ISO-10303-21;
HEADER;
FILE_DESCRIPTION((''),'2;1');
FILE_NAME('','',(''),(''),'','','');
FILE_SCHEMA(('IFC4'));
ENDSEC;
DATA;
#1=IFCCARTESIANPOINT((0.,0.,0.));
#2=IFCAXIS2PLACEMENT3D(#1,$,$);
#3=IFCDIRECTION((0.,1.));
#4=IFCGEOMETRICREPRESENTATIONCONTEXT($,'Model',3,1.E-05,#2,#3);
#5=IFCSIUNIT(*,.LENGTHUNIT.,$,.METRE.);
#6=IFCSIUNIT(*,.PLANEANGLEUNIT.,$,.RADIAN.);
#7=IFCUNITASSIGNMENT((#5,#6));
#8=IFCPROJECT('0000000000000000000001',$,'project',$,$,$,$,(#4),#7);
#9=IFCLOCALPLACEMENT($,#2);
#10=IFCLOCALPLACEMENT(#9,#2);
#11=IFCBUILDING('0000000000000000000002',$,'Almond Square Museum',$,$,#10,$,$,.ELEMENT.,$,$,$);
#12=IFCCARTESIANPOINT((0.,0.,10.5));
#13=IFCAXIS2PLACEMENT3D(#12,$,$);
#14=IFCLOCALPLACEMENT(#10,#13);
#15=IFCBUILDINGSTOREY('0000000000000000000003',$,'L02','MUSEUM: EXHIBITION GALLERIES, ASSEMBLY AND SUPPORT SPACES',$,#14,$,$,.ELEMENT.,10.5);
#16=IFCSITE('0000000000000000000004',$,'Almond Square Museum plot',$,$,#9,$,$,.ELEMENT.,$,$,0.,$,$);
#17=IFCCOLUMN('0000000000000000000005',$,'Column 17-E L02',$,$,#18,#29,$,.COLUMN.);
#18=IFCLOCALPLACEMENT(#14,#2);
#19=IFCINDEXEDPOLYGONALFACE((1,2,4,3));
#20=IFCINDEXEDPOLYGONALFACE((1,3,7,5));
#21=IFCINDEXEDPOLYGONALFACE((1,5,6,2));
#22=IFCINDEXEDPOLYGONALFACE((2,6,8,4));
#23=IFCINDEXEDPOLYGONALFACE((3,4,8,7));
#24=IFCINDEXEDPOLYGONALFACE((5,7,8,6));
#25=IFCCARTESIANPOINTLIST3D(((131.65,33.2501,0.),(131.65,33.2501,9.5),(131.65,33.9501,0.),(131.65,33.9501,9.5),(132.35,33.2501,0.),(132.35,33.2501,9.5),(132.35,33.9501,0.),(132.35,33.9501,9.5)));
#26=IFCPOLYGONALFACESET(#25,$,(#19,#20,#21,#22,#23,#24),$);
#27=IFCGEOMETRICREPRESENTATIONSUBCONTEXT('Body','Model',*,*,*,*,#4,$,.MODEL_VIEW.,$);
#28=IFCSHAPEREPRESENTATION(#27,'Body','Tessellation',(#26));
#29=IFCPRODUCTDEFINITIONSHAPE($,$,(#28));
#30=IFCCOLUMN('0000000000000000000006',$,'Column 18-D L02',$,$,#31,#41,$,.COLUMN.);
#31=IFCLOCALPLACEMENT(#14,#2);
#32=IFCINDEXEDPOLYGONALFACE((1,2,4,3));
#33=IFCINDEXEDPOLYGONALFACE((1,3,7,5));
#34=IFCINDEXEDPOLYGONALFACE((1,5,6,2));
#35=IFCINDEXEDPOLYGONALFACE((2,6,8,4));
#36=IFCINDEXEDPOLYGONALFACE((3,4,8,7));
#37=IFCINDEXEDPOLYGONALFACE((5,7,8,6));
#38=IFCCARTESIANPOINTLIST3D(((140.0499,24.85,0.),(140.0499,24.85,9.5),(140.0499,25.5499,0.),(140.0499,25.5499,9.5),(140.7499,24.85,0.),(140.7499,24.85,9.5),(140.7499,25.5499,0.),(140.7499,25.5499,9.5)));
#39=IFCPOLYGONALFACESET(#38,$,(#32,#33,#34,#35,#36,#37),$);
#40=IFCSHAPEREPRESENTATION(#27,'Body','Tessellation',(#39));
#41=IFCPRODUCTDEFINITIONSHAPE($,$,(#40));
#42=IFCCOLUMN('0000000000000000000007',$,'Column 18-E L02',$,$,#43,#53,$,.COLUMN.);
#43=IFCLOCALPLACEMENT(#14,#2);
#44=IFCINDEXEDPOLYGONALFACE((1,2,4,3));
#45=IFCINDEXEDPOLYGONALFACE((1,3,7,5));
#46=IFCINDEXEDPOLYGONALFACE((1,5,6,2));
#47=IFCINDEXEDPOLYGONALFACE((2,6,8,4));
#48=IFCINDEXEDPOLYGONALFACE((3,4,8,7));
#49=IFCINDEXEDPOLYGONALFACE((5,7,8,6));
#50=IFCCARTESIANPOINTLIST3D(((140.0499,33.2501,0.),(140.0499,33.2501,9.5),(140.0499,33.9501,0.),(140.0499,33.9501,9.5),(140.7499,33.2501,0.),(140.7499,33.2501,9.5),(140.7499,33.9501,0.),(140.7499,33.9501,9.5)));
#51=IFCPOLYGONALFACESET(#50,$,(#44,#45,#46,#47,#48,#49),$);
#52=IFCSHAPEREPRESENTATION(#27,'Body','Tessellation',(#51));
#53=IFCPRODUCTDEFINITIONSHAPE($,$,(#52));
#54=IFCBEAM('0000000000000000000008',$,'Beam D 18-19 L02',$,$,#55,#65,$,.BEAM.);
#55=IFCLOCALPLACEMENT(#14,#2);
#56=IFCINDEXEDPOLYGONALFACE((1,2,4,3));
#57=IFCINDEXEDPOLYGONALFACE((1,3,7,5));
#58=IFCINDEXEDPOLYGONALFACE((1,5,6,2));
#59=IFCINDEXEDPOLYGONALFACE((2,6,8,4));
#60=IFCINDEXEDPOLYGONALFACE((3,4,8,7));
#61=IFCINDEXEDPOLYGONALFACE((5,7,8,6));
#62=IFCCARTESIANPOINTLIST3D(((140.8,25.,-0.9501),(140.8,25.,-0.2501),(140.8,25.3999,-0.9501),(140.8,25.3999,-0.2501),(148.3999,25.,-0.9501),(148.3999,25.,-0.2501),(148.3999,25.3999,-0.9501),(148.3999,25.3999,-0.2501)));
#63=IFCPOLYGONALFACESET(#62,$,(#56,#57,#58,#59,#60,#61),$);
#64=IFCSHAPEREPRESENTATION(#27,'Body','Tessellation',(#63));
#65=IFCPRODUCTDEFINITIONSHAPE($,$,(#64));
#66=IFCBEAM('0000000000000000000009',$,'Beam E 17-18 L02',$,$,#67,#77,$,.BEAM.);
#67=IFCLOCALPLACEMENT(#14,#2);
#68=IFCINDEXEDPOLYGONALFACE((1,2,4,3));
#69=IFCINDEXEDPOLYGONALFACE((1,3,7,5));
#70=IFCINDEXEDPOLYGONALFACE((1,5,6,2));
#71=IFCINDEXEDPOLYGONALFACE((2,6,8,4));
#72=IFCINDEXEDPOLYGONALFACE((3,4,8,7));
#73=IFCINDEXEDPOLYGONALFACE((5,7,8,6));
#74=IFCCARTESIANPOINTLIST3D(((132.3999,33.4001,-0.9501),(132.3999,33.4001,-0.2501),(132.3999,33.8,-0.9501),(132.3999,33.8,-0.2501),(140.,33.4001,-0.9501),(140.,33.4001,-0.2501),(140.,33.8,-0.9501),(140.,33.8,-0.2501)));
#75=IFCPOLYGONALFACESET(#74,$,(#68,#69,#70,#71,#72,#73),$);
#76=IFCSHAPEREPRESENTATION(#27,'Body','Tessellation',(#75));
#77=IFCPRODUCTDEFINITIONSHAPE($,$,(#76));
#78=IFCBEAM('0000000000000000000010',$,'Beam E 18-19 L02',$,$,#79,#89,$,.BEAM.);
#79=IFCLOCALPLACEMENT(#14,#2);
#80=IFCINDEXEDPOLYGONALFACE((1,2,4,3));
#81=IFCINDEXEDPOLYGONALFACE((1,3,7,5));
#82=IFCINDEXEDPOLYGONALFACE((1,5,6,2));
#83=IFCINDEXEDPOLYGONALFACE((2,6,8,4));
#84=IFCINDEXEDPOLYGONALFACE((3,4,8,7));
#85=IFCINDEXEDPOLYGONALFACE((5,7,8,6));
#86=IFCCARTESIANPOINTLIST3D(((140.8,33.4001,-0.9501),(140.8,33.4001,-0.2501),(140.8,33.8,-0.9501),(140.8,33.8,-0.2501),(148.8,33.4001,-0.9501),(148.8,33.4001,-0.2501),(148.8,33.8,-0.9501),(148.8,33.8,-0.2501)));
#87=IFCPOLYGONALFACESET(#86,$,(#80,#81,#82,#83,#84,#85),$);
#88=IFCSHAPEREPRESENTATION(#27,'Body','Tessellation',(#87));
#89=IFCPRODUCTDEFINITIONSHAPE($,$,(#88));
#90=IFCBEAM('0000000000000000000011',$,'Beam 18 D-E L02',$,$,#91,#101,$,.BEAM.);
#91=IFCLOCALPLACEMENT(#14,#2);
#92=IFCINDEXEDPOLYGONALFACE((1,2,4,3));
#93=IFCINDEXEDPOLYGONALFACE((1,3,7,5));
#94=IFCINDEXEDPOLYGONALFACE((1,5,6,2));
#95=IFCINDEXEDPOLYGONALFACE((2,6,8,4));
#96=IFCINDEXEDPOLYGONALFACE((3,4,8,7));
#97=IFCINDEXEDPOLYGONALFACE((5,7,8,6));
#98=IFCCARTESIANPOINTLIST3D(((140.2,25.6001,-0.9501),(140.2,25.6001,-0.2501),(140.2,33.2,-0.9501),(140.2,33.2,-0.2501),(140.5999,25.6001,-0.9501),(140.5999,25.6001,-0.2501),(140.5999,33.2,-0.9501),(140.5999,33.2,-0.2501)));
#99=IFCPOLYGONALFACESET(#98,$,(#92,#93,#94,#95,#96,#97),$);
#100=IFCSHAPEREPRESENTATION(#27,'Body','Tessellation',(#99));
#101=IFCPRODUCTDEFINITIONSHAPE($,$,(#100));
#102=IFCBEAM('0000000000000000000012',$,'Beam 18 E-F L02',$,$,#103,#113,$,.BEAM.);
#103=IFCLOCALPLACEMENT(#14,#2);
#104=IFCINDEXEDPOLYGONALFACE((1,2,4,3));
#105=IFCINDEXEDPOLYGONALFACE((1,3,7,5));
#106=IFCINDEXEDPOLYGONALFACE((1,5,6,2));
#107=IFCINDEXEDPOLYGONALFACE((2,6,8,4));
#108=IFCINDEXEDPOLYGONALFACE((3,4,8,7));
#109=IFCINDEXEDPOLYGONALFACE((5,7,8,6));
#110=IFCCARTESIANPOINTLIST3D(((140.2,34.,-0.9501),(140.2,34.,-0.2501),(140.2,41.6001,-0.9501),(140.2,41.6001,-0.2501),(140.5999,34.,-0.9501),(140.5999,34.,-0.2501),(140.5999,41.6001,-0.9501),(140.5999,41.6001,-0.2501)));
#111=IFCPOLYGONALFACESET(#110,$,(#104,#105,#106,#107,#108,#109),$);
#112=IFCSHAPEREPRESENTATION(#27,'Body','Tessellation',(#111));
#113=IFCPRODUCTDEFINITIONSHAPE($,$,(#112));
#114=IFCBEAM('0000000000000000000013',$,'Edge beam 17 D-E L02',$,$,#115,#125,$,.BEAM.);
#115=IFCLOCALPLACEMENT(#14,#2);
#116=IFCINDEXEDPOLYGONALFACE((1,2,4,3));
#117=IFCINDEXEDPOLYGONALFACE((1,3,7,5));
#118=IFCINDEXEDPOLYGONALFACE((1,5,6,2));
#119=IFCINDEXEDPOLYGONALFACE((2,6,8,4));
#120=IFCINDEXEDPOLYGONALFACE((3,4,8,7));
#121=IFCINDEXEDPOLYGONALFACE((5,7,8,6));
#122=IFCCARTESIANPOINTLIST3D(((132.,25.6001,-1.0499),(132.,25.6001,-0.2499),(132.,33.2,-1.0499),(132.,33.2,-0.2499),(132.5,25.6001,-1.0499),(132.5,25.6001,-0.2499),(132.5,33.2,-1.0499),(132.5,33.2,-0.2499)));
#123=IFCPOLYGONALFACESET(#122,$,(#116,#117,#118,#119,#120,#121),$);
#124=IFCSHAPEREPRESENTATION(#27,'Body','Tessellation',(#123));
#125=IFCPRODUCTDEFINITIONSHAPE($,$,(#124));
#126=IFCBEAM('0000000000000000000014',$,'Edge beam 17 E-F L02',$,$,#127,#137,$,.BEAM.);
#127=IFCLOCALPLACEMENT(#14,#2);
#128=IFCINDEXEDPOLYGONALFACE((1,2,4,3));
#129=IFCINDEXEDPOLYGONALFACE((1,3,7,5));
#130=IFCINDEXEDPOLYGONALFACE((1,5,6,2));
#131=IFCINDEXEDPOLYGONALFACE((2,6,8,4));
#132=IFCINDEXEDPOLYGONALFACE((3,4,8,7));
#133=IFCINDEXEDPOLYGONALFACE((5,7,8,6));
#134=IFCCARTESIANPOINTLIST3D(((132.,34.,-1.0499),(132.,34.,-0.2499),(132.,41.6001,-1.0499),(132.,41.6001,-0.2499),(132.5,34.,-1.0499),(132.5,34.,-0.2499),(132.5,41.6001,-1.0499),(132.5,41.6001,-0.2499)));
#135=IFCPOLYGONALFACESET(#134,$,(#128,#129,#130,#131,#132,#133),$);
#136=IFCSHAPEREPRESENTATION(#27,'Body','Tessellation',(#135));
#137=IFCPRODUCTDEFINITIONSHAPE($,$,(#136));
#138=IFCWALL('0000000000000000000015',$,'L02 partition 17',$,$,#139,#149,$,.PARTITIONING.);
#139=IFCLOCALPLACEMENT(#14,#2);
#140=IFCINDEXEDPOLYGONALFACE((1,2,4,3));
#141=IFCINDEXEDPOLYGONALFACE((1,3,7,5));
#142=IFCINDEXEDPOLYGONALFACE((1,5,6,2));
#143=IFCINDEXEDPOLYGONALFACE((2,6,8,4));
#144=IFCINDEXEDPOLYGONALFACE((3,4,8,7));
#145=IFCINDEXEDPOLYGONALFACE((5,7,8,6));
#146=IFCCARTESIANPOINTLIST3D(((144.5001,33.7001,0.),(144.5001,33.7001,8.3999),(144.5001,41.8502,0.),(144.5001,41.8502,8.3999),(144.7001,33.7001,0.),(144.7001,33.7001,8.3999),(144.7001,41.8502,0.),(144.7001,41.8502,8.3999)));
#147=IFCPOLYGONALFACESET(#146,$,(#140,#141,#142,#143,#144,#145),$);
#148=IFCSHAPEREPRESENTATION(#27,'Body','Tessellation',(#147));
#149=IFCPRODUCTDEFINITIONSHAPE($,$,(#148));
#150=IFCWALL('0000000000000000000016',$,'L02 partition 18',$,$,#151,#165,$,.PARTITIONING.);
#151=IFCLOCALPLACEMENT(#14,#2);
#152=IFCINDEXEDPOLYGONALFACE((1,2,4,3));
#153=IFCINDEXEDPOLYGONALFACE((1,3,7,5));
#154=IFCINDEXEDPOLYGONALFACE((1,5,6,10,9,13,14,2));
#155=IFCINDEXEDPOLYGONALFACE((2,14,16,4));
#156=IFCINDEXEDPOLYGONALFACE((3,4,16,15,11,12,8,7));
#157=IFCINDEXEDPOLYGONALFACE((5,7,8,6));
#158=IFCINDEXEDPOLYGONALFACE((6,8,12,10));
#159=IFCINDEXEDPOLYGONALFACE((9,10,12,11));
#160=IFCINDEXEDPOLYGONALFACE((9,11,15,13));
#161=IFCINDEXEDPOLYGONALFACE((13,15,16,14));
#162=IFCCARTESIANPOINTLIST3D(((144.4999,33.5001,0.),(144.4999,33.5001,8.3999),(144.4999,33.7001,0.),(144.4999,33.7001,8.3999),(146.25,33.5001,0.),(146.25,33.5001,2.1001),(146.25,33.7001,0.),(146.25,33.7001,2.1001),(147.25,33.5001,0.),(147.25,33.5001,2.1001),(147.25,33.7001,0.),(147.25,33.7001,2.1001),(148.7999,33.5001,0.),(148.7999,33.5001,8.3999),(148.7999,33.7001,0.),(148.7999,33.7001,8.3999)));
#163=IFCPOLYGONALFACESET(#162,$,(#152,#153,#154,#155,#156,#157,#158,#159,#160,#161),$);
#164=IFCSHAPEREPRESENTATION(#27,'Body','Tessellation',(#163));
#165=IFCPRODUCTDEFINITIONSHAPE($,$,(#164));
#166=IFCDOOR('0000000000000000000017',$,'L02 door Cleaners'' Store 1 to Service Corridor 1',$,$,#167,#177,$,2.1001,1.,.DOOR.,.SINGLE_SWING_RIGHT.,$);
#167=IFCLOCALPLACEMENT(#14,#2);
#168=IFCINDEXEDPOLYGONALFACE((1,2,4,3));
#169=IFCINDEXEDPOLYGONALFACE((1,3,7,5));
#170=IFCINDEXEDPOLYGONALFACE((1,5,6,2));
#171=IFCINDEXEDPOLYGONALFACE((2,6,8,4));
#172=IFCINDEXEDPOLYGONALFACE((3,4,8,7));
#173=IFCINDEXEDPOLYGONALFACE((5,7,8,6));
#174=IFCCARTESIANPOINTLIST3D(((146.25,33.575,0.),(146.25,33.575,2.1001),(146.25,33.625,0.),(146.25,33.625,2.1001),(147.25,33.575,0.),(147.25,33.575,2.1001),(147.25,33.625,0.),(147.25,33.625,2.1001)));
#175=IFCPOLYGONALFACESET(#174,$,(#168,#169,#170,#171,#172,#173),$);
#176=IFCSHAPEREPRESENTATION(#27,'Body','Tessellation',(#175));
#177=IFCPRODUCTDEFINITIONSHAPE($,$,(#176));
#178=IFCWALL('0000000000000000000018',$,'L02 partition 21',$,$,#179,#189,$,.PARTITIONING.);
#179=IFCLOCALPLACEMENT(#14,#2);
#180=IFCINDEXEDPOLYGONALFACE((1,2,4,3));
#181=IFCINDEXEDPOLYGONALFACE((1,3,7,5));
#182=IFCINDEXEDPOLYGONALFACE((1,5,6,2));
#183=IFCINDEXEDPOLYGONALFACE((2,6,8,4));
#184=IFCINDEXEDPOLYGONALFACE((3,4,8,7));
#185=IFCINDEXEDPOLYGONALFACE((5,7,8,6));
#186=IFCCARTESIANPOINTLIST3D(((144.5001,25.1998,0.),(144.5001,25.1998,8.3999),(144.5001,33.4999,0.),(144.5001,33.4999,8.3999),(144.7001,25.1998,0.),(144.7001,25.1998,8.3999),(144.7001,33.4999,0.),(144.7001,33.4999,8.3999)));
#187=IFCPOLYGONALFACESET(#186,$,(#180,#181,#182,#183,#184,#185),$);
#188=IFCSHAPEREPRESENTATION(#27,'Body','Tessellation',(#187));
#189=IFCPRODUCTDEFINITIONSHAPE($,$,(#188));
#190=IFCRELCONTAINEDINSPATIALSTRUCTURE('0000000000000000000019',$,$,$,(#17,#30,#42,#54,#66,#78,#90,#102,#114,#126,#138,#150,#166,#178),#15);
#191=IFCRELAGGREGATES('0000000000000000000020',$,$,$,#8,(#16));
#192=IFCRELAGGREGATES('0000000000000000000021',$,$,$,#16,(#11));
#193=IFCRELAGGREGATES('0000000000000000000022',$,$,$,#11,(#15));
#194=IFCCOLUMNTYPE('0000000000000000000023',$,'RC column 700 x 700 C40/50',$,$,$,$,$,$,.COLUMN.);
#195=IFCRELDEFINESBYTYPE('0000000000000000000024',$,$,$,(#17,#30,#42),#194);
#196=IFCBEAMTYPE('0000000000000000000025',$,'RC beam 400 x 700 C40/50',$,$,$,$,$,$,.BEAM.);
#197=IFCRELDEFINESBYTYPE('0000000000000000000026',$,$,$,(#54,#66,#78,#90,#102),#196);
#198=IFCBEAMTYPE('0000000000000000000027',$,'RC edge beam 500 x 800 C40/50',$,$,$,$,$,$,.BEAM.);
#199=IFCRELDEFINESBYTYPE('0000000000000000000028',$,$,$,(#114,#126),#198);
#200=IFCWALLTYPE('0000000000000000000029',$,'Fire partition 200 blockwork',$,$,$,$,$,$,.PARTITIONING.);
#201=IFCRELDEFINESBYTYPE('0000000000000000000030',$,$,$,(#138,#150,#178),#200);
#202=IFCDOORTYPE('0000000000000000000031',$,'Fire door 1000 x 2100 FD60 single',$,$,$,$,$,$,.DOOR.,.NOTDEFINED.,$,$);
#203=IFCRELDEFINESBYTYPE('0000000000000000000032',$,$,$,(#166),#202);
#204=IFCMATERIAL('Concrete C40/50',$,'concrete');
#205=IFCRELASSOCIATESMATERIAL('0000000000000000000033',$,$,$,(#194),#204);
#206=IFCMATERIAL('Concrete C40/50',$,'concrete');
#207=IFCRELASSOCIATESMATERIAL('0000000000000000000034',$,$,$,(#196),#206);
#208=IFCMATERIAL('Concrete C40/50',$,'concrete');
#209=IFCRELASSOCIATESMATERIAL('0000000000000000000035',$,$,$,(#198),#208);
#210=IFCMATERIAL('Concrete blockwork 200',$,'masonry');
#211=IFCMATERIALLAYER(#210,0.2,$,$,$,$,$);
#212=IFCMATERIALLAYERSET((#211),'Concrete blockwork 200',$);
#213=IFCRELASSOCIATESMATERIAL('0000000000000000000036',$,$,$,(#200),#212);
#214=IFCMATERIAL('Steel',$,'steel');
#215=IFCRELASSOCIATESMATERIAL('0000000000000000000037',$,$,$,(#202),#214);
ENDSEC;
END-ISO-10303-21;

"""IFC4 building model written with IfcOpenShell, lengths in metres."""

from ifc_helpers import new_model, si_unit, direction, frame, frame_2d, origin, origin_2d, place, context, subcontext, project, spatial, rectangle, extrude, material, layer, layer_set, material_profile, profile_set, type_object, element, fill, save


model = new_model("IFC4")

# Units and contexts
model_context = context("Model", 3, precision=1e-05, world=origin(), true_north=direction((0.0, 1.0)))
body_context = subcontext(model_context, "Body", "Model", "MODEL_VIEW")
ifc_project = project(units=[si_unit("LENGTHUNIT", "METRE"), si_unit("PLANEANGLEUNIT", "RADIAN")], contexts=[model_context])

# Site, building, storey
site_placement = place(None, origin())
site = spatial("IfcSite", under=ifc_project, at=site_placement, Name="Almond Square Museum plot", CompositionType="ELEMENT", RefElevation=0.0)
building_placement = place(site_placement, origin())
building = spatial("IfcBuilding", under=site, at=building_placement, Name="Almond Square Museum", CompositionType="ELEMENT")
storey_placement = place(building_placement, frame((0.0, 0.0, 10.5)))
storey = spatial("IfcBuildingStorey", under=building, at=storey_placement, Name="L02", Description="MUSEUM: EXHIBITION GALLERIES, ASSEMBLY AND SUPPORT SPACES", CompositionType="ELEMENT", Elevation=10.5)

# Columns
ifc_material_1 = material(Name="Concrete C40/50", Category="concrete")
ifc_material_profile_1 = material_profile(ifc_material_1, rectangle(XDim=0.7, YDim=0.7, at=origin_2d()))
ifc_profile_set_1 = profile_set([ifc_material_profile_1], Name="Concrete C40/50")
column_type = type_object("IfcColumnType", Name="RC column 700 x 700 C40/50", PredefinedType="COLUMN", material=ifc_profile_set_1)
for number, where, z_axis, x_axis, name in (
    (1, (132.0, 33.6001, 0.0), (0.0, 0.0, 1.0), (1.0, 0.0, 0.0), "Column 17-E L02"),
    (2, (140.3999, 25.2, 0.0), (0.0, 0.0, 1.0), (1.0, 0.0, 0.0), "Column 18-D L02"),
    (3, (140.3999, 33.6001, 0.0), (0.0, 0.0, 1.0), (1.0, 0.0, 0.0), "Column 18-E L02"),
):
    element("IfcColumn", number, at=place(storey_placement, frame(where, z_axis=z_axis, x_axis=x_axis)), inside=storey, type_object=column_type, Name=name, PredefinedType="COLUMN", context=body_context, shape_type="SweptSolid", body=[
        extrude(rectangle(XDim=0.7, YDim=0.7, at=origin_2d()), origin(), (0.0, 0.0, 1.0), 9.5),
    ])

# Beams
ifc_material_2 = material(Name="Concrete C40/50", Category="concrete")
ifc_material_profile_2 = material_profile(ifc_material_2, rectangle(XDim=0.3999, YDim=0.7, at=origin_2d()))
ifc_profile_set_2 = profile_set([ifc_material_profile_2], Name="Concrete C40/50")
beam_type_1 = type_object("IfcBeamType", Name="RC beam 400 x 700 C40/50", PredefinedType="BEAM", material=ifc_profile_set_2)
beam_1_placement = place(storey_placement, frame((140.8, 25.2, -0.6001), z_axis=(1.0, 0.0, 0.0), x_axis=(0.0, 1.0, 0.0)))
element("IfcBeam", 4, at=beam_1_placement, inside=storey, type_object=beam_type_1, Name="Beam D 18-19 L02", PredefinedType="BEAM", context=body_context, shape_type="SweptSolid", body=[
    extrude(rectangle(XDim=0.3999, YDim=0.7, at=origin_2d()), origin(), (0.0, 0.0, 1.0), 7.5999),
])
beam_2_placement = place(storey_placement, frame((132.3999, 33.6001, -0.6001), z_axis=(1.0, 0.0, 0.0), x_axis=(0.0, 1.0, 0.0)))
element("IfcBeam", 5, at=beam_2_placement, inside=storey, type_object=beam_type_1, Name="Beam E 17-18 L02", PredefinedType="BEAM", context=body_context, shape_type="SweptSolid", body=[
    extrude(rectangle(XDim=0.3999, YDim=0.7, at=origin_2d()), origin(), (0.0, 0.0, 1.0), 7.6001),
])
beam_3_placement = place(storey_placement, frame((140.8, 33.6001, -0.6001), z_axis=(1.0, 0.0, 0.0), x_axis=(0.0, 1.0, 0.0)))
element("IfcBeam", 6, at=beam_3_placement, inside=storey, type_object=beam_type_1, Name="Beam E 18-19 L02", PredefinedType="BEAM", context=body_context, shape_type="SweptSolid", body=[
    extrude(rectangle(XDim=0.3999, YDim=0.7, at=origin_2d()), origin(), (0.0, 0.0, 1.0), 8.0),
])
beam_4_placement = place(storey_placement, frame((140.3999, 25.6001, -0.6001), z_axis=(0.0, 1.0, 0.0), x_axis=(-1.0, 0.0, 0.0)))
element("IfcBeam", 7, at=beam_4_placement, inside=storey, type_object=beam_type_1, Name="Beam 18 D-E L02", PredefinedType="BEAM", context=body_context, shape_type="SweptSolid", body=[
    extrude(rectangle(XDim=0.3999, YDim=0.7, at=origin_2d()), origin(), (0.0, 0.0, 1.0), 7.5999),
])
beam_5_placement = place(storey_placement, frame((140.3999, 34.0, -0.6001), z_axis=(0.0, 1.0, 0.0), x_axis=(-1.0, 0.0, 0.0)))
element("IfcBeam", 8, at=beam_5_placement, inside=storey, type_object=beam_type_1, Name="Beam 18 E-F L02", PredefinedType="BEAM", context=body_context, shape_type="SweptSolid", body=[
    extrude(rectangle(XDim=0.3999, YDim=0.7, at=origin_2d()), origin(), (0.0, 0.0, 1.0), 7.6001),
])
ifc_material_3 = material(Name="Concrete C40/50", Category="concrete")
ifc_material_profile_3 = material_profile(ifc_material_3, rectangle(XDim=0.5, YDim=0.8, at=origin_2d()))
ifc_profile_set_3 = profile_set([ifc_material_profile_3], Name="Concrete C40/50")
beam_type_2 = type_object("IfcBeamType", Name="RC edge beam 500 x 800 C40/50", PredefinedType="BEAM", material=ifc_profile_set_3)
beam_6_placement = place(storey_placement, frame((132.25, 25.6001, -0.6499), z_axis=(0.0, 1.0, 0.0), x_axis=(-1.0, 0.0, 0.0)))
element("IfcBeam", 9, at=beam_6_placement, inside=storey, type_object=beam_type_2, Name="Edge beam 17 D-E L02", PredefinedType="BEAM", context=body_context, shape_type="SweptSolid", body=[
    extrude(rectangle(XDim=0.5, YDim=0.8, at=origin_2d()), origin(), (0.0, 0.0, 1.0), 7.5999),
])
beam_7_placement = place(storey_placement, frame((132.25, 34.0, -0.6499), z_axis=(0.0, 1.0, 0.0), x_axis=(-1.0, 0.0, 0.0)))
element("IfcBeam", 10, at=beam_7_placement, inside=storey, type_object=beam_type_2, Name="Edge beam 17 E-F L02", PredefinedType="BEAM", context=body_context, shape_type="SweptSolid", body=[
    extrude(rectangle(XDim=0.5, YDim=0.8, at=origin_2d()), origin(), (0.0, 0.0, 1.0), 7.6001),
])

# Wall
ifc_material_4 = material(Name="Concrete blockwork 200", Category="masonry")
ifc_layer_1 = layer(ifc_material_4, 0.2)
ifc_layer_set_1 = layer_set([ifc_layer_1], Name="Concrete blockwork 200")
wall_type_1 = type_object("IfcWallType", Name="Fire partition 200 blockwork", PredefinedType="PARTITIONING", material=ifc_layer_set_1)
wall_1_placement = place(storey_placement, frame((144.6001, 33.7, 0.0), z_axis=(0.0, 0.0, 1.0), x_axis=(0.0, 1.0, 0.0)))
element("IfcWall", 11, at=wall_1_placement, inside=storey, type_object=wall_type_1, Name="L02 partition 17", PredefinedType="PARTITIONING", context=body_context, shape_type="SweptSolid", body=[
    extrude(rectangle(XDim=8.1501, YDim=0.2, at=frame_2d((4.0752, 0.0))), origin(), (0.0, 0.0, 1.0), 8.3999),
])

# Wall, opening, door
wall_2_placement = place(storey_placement, frame((144.5, 33.6001, 0.0), z_axis=(0.0, 0.0, 1.0), x_axis=(1.0, 0.0, 0.0)))
wall_2 = element("IfcWall", 12, at=wall_2_placement, inside=storey, type_object=wall_type_1, Name="L02 partition 18", PredefinedType="PARTITIONING", context=body_context, shape_type="SweptSolid", body=[
    extrude(rectangle(XDim=4.3, YDim=0.2, at=frame_2d((2.1499, 0.0))), origin(), (0.0, 0.0, 1.0), 8.3999),
])
opening_1_placement = place(wall_2_placement, frame((1.75, 0.0, 0.0)))
opening_1 = element("IfcOpeningElement", 13, at=opening_1_placement, cuts=wall_2, PredefinedType="OPENING", context=body_context, shape_type="SweptSolid", body=[
    extrude(rectangle(XDim=1.0, YDim=2.1001, at=frame_2d((0.5, 1.05))), frame((0.0, 0.1099, 0.0), z_axis=(0.0, -1.0, 0.0), x_axis=(1.0, 0.0, 0.0)), (0.0, 0.0, 1.0), 0.22),
])
ifc_material_5 = material(Name="Steel", Category="steel")
door_type_1 = type_object("IfcDoorType", Name="Fire door 1000 x 2100 FD60 single", OperationType="NOTDEFINED", PredefinedType="DOOR", material=ifc_material_5)
door_1_placement = place(opening_1_placement, origin())
door_1 = element("IfcDoor", 14, at=door_1_placement, inside=storey, type_object=door_type_1, Name="L02 door Cleaners' Store 1 to Service Corridor 1", OperationType="SINGLE_SWING_RIGHT", OverallHeight=2.1001, OverallWidth=1.0, PredefinedType="DOOR", context=body_context, shape_type="SweptSolid", body=[
    extrude(rectangle(XDim=1.0, YDim=2.1001, at=frame_2d((0.5, 1.05))), frame((0.0, 0.0249, 0.0), z_axis=(0.0, -1.0, 0.0), x_axis=(1.0, 0.0, 0.0)), (0.0, 0.0, 1.0), 0.05),
])
fill(opening_1, door_1)

# Wall
wall_3_placement = place(storey_placement, frame((144.6001, 25.2, 0.0), z_axis=(0.0, 0.0, 1.0), x_axis=(0.0, 1.0, 0.0)))
element("IfcWall", 15, at=wall_3_placement, inside=storey, type_object=wall_type_1, Name="L02 partition 21", PredefinedType="PARTITIONING", context=body_context, shape_type="SweptSolid", body=[
    extrude(rectangle(XDim=8.3, YDim=0.2, at=frame_2d((4.1499, 0.0))), origin(), (0.0, 0.0, 1.0), 8.3999),
])

save(model, "model.ifc")
